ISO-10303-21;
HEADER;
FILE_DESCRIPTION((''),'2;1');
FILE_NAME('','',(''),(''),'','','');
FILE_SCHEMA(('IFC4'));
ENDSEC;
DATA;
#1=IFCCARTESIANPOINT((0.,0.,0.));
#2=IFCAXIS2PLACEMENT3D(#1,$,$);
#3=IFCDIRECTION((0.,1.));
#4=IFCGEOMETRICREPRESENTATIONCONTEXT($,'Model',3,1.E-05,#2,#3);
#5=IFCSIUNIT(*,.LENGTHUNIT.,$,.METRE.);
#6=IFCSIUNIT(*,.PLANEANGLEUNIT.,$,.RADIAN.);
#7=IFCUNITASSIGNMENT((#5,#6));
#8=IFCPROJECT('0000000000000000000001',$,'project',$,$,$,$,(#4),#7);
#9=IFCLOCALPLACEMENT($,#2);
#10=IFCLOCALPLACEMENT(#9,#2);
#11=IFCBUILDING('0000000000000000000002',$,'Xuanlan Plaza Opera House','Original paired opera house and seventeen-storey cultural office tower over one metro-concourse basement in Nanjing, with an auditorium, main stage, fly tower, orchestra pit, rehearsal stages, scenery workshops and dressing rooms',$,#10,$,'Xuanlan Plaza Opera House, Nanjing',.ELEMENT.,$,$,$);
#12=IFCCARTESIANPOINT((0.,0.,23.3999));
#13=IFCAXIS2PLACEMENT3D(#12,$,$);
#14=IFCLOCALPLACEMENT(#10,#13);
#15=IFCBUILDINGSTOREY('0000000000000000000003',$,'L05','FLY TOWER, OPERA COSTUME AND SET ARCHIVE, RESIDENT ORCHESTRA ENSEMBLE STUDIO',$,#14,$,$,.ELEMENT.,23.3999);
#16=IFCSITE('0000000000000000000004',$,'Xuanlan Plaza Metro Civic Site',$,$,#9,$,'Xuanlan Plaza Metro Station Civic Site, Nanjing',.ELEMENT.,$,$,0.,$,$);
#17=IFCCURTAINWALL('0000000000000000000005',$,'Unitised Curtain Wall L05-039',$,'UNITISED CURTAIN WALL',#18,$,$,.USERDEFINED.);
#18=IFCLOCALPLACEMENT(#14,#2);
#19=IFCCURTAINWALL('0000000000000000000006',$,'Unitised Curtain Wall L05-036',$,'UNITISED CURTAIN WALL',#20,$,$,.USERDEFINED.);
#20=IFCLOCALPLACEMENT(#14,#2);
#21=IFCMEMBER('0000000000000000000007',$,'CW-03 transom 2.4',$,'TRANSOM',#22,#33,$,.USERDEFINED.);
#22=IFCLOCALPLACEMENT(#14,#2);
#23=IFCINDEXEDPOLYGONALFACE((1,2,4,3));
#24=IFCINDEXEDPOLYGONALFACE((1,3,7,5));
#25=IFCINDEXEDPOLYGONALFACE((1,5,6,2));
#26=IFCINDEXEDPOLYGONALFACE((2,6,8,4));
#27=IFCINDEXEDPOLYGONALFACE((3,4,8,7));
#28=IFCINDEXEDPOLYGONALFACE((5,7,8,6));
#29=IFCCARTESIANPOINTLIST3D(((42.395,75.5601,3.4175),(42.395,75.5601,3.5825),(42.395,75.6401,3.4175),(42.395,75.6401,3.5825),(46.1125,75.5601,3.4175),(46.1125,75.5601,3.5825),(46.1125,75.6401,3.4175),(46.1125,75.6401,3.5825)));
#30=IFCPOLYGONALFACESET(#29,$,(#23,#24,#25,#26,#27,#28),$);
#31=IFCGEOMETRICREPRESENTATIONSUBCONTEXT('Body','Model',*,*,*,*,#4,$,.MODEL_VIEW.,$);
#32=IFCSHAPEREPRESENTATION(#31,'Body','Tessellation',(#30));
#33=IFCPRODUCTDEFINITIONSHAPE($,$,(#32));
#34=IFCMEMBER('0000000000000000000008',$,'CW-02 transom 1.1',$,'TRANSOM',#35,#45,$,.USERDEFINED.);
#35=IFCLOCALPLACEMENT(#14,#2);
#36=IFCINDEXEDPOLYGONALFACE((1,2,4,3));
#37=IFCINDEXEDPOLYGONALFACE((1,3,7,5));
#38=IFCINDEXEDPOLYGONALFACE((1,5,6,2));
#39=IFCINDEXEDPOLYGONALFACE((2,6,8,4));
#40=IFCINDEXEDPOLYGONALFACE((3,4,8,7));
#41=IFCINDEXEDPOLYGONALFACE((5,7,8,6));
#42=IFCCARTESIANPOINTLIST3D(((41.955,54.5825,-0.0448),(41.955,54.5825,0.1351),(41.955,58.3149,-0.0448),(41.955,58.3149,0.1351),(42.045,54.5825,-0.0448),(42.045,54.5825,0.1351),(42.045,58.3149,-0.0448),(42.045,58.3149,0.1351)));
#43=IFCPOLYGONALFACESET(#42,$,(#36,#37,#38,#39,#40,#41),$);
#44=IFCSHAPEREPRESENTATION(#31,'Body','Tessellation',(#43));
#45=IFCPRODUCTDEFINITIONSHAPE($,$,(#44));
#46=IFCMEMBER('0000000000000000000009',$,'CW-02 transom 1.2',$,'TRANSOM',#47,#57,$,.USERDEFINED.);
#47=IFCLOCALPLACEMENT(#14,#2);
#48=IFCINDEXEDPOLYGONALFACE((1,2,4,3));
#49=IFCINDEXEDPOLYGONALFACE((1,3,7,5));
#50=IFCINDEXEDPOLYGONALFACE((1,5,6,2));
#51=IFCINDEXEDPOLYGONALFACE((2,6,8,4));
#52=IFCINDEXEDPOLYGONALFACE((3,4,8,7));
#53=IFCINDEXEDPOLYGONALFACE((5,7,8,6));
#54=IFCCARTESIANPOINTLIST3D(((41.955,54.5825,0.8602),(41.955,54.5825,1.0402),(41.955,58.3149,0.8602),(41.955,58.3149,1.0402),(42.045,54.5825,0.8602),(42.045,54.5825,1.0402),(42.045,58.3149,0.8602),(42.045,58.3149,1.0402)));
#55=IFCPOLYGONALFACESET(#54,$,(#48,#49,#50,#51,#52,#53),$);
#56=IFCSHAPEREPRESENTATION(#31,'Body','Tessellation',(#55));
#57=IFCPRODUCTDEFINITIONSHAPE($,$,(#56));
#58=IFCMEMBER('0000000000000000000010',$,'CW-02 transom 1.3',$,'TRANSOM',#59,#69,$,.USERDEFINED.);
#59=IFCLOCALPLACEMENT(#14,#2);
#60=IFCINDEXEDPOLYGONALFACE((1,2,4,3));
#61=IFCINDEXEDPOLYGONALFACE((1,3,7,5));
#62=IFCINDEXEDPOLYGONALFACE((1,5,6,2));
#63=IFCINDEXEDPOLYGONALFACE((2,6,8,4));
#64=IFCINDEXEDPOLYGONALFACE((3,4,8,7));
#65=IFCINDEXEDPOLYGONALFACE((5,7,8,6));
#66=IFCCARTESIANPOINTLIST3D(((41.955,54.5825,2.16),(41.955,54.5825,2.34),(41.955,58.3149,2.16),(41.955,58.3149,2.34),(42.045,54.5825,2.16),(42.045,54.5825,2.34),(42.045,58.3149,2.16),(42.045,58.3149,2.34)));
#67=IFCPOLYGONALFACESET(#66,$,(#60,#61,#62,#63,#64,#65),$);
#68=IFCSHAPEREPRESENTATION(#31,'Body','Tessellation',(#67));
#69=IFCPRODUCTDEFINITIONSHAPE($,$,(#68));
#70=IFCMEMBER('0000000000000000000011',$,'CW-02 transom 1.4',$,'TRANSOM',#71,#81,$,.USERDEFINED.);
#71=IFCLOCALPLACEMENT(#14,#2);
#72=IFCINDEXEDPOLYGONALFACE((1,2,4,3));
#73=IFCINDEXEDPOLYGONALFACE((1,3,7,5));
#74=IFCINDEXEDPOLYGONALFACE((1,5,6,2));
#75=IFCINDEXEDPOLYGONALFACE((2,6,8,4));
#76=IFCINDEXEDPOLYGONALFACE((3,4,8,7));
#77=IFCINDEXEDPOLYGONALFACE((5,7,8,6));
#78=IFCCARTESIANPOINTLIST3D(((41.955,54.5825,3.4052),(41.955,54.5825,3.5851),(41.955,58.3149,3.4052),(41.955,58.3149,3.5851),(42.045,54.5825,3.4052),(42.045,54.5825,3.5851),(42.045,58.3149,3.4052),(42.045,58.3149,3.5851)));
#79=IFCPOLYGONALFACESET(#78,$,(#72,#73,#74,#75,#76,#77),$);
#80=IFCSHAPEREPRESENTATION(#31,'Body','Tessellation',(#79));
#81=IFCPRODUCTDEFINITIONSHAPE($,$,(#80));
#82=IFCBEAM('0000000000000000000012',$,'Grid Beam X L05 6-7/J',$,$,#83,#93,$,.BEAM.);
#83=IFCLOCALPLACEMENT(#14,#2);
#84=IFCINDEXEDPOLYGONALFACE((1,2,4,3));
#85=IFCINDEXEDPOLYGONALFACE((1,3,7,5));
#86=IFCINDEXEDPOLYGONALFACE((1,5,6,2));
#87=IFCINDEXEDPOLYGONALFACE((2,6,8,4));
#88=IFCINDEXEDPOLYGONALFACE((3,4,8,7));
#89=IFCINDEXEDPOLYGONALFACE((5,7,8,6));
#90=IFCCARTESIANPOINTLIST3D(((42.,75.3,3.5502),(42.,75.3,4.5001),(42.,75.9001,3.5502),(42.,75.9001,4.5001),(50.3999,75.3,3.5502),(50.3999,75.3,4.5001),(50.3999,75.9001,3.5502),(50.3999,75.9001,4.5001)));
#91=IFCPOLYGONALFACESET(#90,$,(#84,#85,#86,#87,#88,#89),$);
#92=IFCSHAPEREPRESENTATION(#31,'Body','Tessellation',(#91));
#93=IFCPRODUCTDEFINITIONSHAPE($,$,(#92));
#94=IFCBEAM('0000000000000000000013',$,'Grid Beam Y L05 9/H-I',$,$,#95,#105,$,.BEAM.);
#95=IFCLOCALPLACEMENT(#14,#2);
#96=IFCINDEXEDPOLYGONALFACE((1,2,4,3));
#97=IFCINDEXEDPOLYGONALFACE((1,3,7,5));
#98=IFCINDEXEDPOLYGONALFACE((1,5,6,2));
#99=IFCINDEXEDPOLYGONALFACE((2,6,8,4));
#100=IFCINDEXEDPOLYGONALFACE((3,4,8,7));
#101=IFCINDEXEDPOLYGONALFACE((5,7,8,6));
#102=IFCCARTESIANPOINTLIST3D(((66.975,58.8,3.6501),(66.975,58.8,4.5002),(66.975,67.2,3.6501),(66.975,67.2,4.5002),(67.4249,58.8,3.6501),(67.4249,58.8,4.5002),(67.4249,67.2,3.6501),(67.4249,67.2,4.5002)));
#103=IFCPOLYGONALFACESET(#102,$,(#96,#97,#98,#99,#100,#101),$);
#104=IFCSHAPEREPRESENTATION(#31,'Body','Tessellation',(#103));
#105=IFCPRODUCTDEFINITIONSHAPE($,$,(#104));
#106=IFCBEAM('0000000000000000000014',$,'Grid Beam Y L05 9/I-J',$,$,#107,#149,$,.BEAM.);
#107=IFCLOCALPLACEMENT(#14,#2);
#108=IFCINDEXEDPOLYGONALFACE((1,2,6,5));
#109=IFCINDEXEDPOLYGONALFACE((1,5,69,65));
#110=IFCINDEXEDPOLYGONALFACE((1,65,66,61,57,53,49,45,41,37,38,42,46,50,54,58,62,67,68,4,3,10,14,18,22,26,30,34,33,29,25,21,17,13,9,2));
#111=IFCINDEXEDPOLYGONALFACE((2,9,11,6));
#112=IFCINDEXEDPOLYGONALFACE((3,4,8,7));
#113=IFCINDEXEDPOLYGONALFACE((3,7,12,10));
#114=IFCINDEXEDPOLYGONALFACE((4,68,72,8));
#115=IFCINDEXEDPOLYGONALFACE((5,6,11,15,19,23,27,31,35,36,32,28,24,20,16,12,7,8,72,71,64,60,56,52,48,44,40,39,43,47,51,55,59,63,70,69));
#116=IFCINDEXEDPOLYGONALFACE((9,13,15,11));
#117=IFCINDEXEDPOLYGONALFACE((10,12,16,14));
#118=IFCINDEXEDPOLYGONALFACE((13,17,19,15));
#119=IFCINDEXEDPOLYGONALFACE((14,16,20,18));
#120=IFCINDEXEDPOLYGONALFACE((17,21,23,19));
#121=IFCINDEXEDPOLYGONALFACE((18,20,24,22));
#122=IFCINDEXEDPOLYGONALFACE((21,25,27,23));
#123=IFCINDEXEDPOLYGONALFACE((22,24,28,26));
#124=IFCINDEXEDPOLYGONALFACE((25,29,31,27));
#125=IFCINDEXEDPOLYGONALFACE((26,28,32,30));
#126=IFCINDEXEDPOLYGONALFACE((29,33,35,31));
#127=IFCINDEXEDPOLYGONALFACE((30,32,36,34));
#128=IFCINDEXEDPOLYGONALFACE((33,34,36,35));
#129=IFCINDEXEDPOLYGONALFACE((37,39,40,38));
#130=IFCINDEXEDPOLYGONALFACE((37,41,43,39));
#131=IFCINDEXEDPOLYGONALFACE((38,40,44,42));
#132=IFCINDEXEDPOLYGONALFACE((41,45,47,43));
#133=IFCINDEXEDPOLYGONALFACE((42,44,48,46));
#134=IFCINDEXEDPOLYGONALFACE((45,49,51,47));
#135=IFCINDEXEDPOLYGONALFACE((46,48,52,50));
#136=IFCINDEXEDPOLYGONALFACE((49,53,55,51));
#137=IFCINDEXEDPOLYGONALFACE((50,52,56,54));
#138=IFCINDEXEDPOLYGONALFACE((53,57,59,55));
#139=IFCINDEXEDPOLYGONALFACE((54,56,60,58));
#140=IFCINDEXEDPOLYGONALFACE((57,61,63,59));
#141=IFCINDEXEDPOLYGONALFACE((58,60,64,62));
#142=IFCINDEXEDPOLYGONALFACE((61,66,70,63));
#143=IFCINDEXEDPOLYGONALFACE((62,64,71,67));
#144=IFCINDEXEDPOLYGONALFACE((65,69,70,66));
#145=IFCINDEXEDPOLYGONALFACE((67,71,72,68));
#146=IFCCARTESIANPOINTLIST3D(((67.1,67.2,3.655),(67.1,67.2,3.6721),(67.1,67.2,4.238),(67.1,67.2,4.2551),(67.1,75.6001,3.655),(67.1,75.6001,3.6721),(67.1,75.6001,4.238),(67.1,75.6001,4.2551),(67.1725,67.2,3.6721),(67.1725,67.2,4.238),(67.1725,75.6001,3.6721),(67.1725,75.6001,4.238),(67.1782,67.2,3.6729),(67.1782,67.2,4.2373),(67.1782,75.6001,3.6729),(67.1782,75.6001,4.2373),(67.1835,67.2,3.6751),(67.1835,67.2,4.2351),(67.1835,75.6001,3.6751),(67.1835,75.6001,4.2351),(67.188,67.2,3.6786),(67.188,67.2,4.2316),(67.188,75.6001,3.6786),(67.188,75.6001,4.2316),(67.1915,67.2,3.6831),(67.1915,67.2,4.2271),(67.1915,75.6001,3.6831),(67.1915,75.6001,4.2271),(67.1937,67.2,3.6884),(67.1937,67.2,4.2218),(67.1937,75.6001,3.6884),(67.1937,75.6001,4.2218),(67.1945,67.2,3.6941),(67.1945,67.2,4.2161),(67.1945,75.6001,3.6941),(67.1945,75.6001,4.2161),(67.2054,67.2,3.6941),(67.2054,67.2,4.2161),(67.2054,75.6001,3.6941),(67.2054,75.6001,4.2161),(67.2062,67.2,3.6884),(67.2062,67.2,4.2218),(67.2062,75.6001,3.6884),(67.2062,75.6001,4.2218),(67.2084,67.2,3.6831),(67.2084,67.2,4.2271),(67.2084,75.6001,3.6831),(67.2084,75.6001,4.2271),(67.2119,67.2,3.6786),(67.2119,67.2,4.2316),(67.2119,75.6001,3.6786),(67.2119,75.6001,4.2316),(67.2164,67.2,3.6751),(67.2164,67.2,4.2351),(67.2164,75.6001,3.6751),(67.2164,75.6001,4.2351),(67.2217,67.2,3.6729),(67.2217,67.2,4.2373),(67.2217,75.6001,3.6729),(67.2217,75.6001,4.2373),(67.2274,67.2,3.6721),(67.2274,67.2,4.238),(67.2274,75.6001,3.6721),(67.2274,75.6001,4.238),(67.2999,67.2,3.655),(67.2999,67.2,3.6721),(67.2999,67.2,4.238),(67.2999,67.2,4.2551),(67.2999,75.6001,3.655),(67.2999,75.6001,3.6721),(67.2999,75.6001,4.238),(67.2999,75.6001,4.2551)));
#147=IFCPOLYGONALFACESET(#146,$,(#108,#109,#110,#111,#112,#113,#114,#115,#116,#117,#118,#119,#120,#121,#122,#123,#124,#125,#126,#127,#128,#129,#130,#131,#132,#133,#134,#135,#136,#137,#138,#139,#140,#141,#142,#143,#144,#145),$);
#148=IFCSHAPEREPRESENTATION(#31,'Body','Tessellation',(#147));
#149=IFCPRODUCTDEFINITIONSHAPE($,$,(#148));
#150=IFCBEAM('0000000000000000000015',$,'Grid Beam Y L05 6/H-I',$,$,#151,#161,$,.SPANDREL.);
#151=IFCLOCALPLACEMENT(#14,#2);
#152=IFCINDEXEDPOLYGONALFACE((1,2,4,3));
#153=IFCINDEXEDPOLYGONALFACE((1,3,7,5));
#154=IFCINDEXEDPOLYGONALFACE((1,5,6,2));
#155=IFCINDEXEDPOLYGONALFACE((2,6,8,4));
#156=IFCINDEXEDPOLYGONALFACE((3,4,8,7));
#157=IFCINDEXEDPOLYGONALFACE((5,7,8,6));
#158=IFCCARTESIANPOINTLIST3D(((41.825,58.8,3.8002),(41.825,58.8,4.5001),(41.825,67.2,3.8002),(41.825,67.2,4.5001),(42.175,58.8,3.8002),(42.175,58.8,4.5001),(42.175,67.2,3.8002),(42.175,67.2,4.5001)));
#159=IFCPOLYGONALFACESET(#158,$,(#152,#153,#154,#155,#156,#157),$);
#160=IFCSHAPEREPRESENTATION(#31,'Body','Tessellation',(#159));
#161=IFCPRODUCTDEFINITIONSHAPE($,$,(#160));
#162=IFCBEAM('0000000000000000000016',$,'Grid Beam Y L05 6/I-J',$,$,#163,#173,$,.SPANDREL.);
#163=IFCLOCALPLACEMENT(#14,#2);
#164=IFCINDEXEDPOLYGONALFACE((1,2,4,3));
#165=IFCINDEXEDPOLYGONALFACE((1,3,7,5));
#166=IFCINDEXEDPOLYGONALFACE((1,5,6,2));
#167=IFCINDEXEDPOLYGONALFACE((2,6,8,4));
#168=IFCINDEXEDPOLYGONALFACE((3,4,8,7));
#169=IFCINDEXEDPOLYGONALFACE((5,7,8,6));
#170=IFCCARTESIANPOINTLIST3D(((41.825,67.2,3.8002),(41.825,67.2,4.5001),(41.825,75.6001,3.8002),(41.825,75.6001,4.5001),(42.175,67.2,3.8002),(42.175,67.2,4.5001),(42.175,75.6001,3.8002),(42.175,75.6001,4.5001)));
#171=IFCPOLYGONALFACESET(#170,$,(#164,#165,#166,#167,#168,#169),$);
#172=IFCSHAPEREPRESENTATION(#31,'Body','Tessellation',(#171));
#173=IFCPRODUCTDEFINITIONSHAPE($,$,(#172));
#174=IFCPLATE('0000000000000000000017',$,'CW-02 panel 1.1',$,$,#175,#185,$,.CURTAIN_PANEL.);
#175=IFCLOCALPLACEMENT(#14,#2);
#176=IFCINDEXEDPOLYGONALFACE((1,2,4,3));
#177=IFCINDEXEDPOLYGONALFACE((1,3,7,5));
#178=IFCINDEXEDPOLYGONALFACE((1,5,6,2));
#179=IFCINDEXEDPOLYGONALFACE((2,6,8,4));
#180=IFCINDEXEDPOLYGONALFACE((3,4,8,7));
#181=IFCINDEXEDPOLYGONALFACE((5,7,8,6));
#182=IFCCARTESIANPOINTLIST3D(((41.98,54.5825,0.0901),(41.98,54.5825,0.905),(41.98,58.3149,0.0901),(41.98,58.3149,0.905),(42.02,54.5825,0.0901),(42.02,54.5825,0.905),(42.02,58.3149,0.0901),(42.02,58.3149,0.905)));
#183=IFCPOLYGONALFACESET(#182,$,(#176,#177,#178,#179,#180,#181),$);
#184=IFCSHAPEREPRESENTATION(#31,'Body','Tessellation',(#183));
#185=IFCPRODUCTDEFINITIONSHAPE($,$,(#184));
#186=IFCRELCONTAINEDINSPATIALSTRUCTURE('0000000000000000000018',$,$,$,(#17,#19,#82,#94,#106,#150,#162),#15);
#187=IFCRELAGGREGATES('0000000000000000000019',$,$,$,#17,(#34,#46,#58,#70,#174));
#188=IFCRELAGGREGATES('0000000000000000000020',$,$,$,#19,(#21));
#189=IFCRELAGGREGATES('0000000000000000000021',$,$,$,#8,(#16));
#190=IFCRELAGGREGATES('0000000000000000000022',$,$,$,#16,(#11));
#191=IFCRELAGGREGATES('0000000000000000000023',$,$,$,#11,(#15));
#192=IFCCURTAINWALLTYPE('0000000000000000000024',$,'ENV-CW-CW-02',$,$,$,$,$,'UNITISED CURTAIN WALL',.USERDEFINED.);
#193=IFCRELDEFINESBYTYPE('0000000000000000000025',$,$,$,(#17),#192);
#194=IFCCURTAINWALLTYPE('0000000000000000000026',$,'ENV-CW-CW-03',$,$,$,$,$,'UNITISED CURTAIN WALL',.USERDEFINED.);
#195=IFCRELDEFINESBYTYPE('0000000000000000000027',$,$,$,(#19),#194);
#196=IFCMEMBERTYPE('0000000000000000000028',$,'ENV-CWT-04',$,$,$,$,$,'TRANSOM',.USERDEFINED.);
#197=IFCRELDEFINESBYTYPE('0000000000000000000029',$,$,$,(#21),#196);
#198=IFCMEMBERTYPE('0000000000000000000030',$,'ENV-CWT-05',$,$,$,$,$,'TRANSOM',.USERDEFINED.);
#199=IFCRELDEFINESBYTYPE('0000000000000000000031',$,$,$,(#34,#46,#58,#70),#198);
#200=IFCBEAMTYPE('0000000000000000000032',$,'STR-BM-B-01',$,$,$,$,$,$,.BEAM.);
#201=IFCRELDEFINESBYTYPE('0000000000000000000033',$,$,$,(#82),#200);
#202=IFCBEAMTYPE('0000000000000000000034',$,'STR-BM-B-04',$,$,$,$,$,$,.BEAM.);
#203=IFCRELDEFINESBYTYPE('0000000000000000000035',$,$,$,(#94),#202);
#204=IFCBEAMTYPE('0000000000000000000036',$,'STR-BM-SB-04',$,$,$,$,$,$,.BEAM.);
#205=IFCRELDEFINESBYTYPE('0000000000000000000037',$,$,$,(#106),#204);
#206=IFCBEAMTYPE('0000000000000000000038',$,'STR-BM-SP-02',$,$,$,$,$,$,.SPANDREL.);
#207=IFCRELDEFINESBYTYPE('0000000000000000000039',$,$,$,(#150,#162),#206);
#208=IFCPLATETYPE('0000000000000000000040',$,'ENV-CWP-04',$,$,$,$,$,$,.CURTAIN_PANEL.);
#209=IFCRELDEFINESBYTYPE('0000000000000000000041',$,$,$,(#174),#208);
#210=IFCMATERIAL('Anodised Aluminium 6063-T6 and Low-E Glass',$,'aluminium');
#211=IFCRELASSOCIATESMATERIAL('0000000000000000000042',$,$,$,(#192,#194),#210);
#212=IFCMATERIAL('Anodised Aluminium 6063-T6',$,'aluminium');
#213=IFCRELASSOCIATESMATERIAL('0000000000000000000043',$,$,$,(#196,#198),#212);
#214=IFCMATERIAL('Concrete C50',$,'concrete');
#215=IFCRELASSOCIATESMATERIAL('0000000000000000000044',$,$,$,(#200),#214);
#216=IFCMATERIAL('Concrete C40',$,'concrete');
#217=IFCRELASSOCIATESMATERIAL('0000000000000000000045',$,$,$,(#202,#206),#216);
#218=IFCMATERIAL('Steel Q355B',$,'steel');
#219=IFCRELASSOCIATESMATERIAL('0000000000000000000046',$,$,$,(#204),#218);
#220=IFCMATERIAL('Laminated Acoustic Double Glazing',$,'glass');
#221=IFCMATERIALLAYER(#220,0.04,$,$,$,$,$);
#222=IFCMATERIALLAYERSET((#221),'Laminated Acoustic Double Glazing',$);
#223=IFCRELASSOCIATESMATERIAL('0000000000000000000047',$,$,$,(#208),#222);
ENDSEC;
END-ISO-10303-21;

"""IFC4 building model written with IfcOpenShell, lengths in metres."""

from ifc_helpers import new_model, si_unit, direction, frame, origin, origin_2d, place, context, subcontext, project, spatial, rectangle, i_section, extrude, material, layer, layer_set, material_profile, profile_set, type_object, element, aggregate, save


model = new_model("IFC4")

# Units and contexts
model_context = context("Model", 3, precision=1e-05, world=origin(), true_north=direction((0.0, 1.0)))
body_context = subcontext(model_context, "Body", "Model", "MODEL_VIEW")
ifc_project = project(units=[si_unit("LENGTHUNIT", "METRE"), si_unit("PLANEANGLEUNIT", "RADIAN")], contexts=[model_context])

# Site, building, storey
site_placement = place(None, origin())
site = spatial("IfcSite", under=ifc_project, at=site_placement, Name="Xuanlan Plaza Metro Civic Site", LongName="Xuanlan Plaza Metro Station Civic Site, Nanjing", CompositionType="ELEMENT", RefElevation=0.0)
building_placement = place(site_placement, origin())
building = spatial("IfcBuilding", under=site, at=building_placement, Name="Xuanlan Plaza Opera House", Description="Original paired opera house and seventeen-storey cultural office tower over one metro-concourse basement in Nanjing, with an auditorium, main stage, fly tower, orchestra pit, rehearsal stages, scenery workshops and dressing rooms", LongName="Xuanlan Plaza Opera House, Nanjing", CompositionType="ELEMENT")
storey_placement = place(building_placement, frame((0.0, 0.0, 23.3999)))
storey = spatial("IfcBuildingStorey", under=building, at=storey_placement, Name="L05", Description="FLY TOWER, OPERA COSTUME AND SET ARCHIVE, RESIDENT ORCHESTRA ENSEMBLE STUDIO", CompositionType="ELEMENT", Elevation=23.3999)

# Shared definitions
ifc_material_1 = material(Name="Concrete C40", Category="concrete")
ifc_material_2 = material(Name="Concrete C50", Category="concrete")

# Curtain walls, member
ifc_material_3 = material(Name="Anodised Aluminium 6063-T6 and Low-E Glass", Category="aluminium")
curtain_wall_type_1 = type_object("IfcCurtainWallType", Name="ENV-CW-CW-02", ElementType="UNITISED CURTAIN WALL", PredefinedType="USERDEFINED", material=ifc_material_3)
curtain_wall_1_placement = place(storey_placement, origin())
curtain_wall_1 = element("IfcCurtainWall", 1, at=curtain_wall_1_placement, inside=storey, type_object=curtain_wall_type_1, Name="Unitised Curtain Wall L05-039", ObjectType="UNITISED CURTAIN WALL", PredefinedType="USERDEFINED")
ifc_material_4 = material(Name="Anodised Aluminium 6063-T6", Category="aluminium")
curtain_wall_type_2 = type_object("IfcCurtainWallType", Name="ENV-CW-CW-03", ElementType="UNITISED CURTAIN WALL", PredefinedType="USERDEFINED", material=ifc_material_3)
curtain_wall_2_placement = place(storey_placement, origin())
curtain_wall_2 = element("IfcCurtainWall", 2, at=curtain_wall_2_placement, inside=storey, type_object=curtain_wall_type_2, Name="Unitised Curtain Wall L05-036", ObjectType="UNITISED CURTAIN WALL", PredefinedType="USERDEFINED")
ifc_material_profile_1 = material_profile(ifc_material_4, rectangle(XDim=0.0801, YDim=0.165, at=origin_2d()), Name="ALU-T 80x165")
ifc_profile_set_1 = profile_set([ifc_material_profile_1], Name="Anodised Aluminium 6063-T6")
member_type_1 = type_object("IfcMemberType", Name="ENV-CWT-04", ElementType="TRANSOM", PredefinedType="USERDEFINED", material=ifc_profile_set_1)
member_1_placement = place(storey_placement, frame((46.1125, 75.6001, 3.5), z_axis=(-1.0, 0.0, 0.0), x_axis=(0.0, -1.0, 0.0)))
member_1 = element("IfcMember", 3, at=member_1_placement, type_object=member_type_1, Name="CW-03 transom 2.4", ObjectType="TRANSOM", PredefinedType="USERDEFINED", context=body_context, shape_type="SweptSolid", body=[
    extrude(rectangle(XDim=0.0801, YDim=0.165, at=origin_2d()), origin(), (0.0, 0.0, 1.0), 3.7175),
])

# Members
ifc_material_profile_2 = material_profile(ifc_material_4, rectangle(XDim=0.0901, YDim=0.1799, at=origin_2d()), Name="ALU-T 90x180")
ifc_profile_set_2 = profile_set([ifc_material_profile_2], Name="Anodised Aluminium 6063-T6")
member_type_2 = type_object("IfcMemberType", Name="ENV-CWT-05", ElementType="TRANSOM", PredefinedType="USERDEFINED", material=ifc_profile_set_2)
member_2_placement = place(storey_placement, frame((42.0, 58.3149, 0.0452), z_axis=(0.0, -1.0, 0.0), x_axis=(1.0, 0.0, 0.0)))
member_2 = element("IfcMember", 4, at=member_2_placement, type_object=member_type_2, Name="CW-02 transom 1.1", ObjectType="TRANSOM", PredefinedType="USERDEFINED", context=body_context, shape_type="SweptSolid", body=[
    extrude(rectangle(XDim=0.0901, YDim=0.1799, at=origin_2d()), origin(), (0.0, 0.0, 1.0), 3.7324),
])
member_3_placement = place(storey_placement, frame((42.0, 58.3149, 0.9502), z_axis=(0.0, -1.0, 0.0), x_axis=(1.0, 0.0, 0.0)))
member_3 = element("IfcMember", 5, at=member_3_placement, type_object=member_type_2, Name="CW-02 transom 1.2", ObjectType="TRANSOM", PredefinedType="USERDEFINED", context=body_context, shape_type="SweptSolid", body=[
    extrude(rectangle(XDim=0.0901, YDim=0.1799, at=origin_2d()), origin(), (0.0, 0.0, 1.0), 3.7324),
])
member_4_placement = place(storey_placement, frame((42.0, 58.3149, 2.25), z_axis=(0.0, -1.0, 0.0), x_axis=(1.0, 0.0, 0.0)))
member_4 = element("IfcMember", 6, at=member_4_placement, type_object=member_type_2, Name="CW-02 transom 1.3", ObjectType="TRANSOM", PredefinedType="USERDEFINED", context=body_context, shape_type="SweptSolid", body=[
    extrude(rectangle(XDim=0.0901, YDim=0.1799, at=origin_2d()), origin(), (0.0, 0.0, 1.0), 3.7324),
])
member_5_placement = place(storey_placement, frame((42.0, 58.3149, 3.4951), z_axis=(0.0, -1.0, 0.0), x_axis=(1.0, 0.0, 0.0)))
member_5 = element("IfcMember", 7, at=member_5_placement, type_object=member_type_2, Name="CW-02 transom 1.4", ObjectType="TRANSOM", PredefinedType="USERDEFINED", context=body_context, shape_type="SweptSolid", body=[
    extrude(rectangle(XDim=0.0901, YDim=0.1799, at=origin_2d()), origin(), (0.0, 0.0, 1.0), 3.7324),
])

# Beams
ifc_material_profile_3 = material_profile(ifc_material_2, rectangle(XDim=0.6001, YDim=0.95, at=origin_2d()), Name="RC-BM 600x950")
ifc_profile_set_3 = profile_set([ifc_material_profile_3], Name="Concrete C50")
beam_type_1 = type_object("IfcBeamType", Name="STR-BM-B-01", PredefinedType="BEAM", material=ifc_profile_set_3)
beam_1_placement = place(storey_placement, frame((42.0, 75.6001, 4.0251), z_axis=(1.0, 0.0, 0.0), x_axis=(0.0, 1.0, 0.0)))
element("IfcBeam", 8, at=beam_1_placement, inside=storey, type_object=beam_type_1, Name="Grid Beam X L05 6-7/J", PredefinedType="BEAM", context=body_context, shape_type="SweptSolid", body=[
    extrude(rectangle(XDim=0.6001, YDim=0.95, at=origin_2d()), origin(), (0.0, 0.0, 1.0), 8.3999),
])
ifc_material_profile_4 = material_profile(ifc_material_1, rectangle(XDim=0.45, YDim=0.8501, at=origin_2d()), Name="RC-BM 450x850")
ifc_profile_set_4 = profile_set([ifc_material_profile_4], Name="Concrete C40")
beam_type_2 = type_object("IfcBeamType", Name="STR-BM-B-04", PredefinedType="BEAM", material=ifc_profile_set_4)
beam_2_placement = place(storey_placement, frame((67.2, 58.8, 4.0752), z_axis=(0.0, 1.0, 0.0), x_axis=(-1.0, 0.0, 0.0)))
element("IfcBeam", 9, at=beam_2_placement, inside=storey, type_object=beam_type_2, Name="Grid Beam Y L05 9/H-I", PredefinedType="BEAM", context=body_context, shape_type="SweptSolid", body=[
    extrude(rectangle(XDim=0.45, YDim=0.8501, at=origin_2d()), origin(), (0.0, 0.0, 1.0), 8.3999),
])
ifc_material_5 = material(Name="Steel Q355B", Category="steel")
ifc_material_profile_5 = material_profile(ifc_material_5, i_section(OverallWidth=0.2, OverallDepth=0.6001, WebThickness=0.011, FlangeThickness=0.0171, FilletRadius=0.022, at=origin_2d()), Name="HN 600x200x11x17")
ifc_profile_set_5 = profile_set([ifc_material_profile_5], Name="Steel Q355B")
beam_type_3 = type_object("IfcBeamType", Name="STR-BM-SB-04", PredefinedType="BEAM", material=ifc_profile_set_5)
beam_3_placement = place(storey_placement, frame((67.2, 67.2, 3.9551), z_axis=(0.0, 1.0, 0.0), x_axis=(-1.0, 0.0, 0.0)))
element("IfcBeam", 10, at=beam_3_placement, inside=storey, type_object=beam_type_3, Name="Grid Beam Y L05 9/I-J", PredefinedType="BEAM", context=body_context, shape_type="SweptSolid", body=[
    extrude(i_section(OverallWidth=0.2, OverallDepth=0.6001, WebThickness=0.011, FlangeThickness=0.0171, FilletRadius=0.022, at=origin_2d()), origin(), (0.0, 0.0, 1.0), 8.4001),
])
ifc_material_profile_6 = material_profile(ifc_material_1, rectangle(XDim=0.3501, YDim=0.7, at=origin_2d()), Name="RC-SPD 350x700")
ifc_profile_set_6 = profile_set([ifc_material_profile_6], Name="Concrete C40")
beam_type_4 = type_object("IfcBeamType", Name="STR-BM-SP-02", PredefinedType="SPANDREL", material=ifc_profile_set_6)
beam_4_placement = place(storey_placement, frame((42.0, 58.8, 4.1501), z_axis=(0.0, 1.0, 0.0), x_axis=(-1.0, 0.0, 0.0)))
element("IfcBeam", 11, at=beam_4_placement, inside=storey, type_object=beam_type_4, Name="Grid Beam Y L05 6/H-I", PredefinedType="SPANDREL", context=body_context, shape_type="SweptSolid", body=[
    extrude(rectangle(XDim=0.3501, YDim=0.7, at=origin_2d()), origin(), (0.0, 0.0, 1.0), 8.3999),
])
beam_5_placement = place(storey_placement, frame((42.0, 67.2, 4.1501), z_axis=(0.0, 1.0, 0.0), x_axis=(-1.0, 0.0, 0.0)))
element("IfcBeam", 12, at=beam_5_placement, inside=storey, type_object=beam_type_4, Name="Grid Beam Y L05 6/I-J", PredefinedType="SPANDREL", context=body_context, shape_type="SweptSolid", body=[
    extrude(rectangle(XDim=0.3501, YDim=0.7, at=origin_2d()), origin(), (0.0, 0.0, 1.0), 8.4001),
])

# Plate
ifc_material_6 = material(Name="Laminated Acoustic Double Glazing", Category="glass")
ifc_layer_1 = layer(ifc_material_6, 0.04)
ifc_layer_set_1 = layer_set([ifc_layer_1], Name="Laminated Acoustic Double Glazing")
plate_type_1 = type_object("IfcPlateType", Name="ENV-CWP-04", PredefinedType="CURTAIN_PANEL", material=ifc_layer_set_1)
plate_1_placement = place(storey_placement, frame((42.0, 56.4487, 0.0901), z_axis=(0.0, 0.0, 1.0), x_axis=(0.0, -1.0, 0.0)))
plate_1 = element("IfcPlate", 13, at=plate_1_placement, type_object=plate_type_1, Name="CW-02 panel 1.1", PredefinedType="CURTAIN_PANEL", context=body_context, shape_type="SweptSolid", body=[
    extrude(rectangle(XDim=3.7324, YDim=0.04, at=origin_2d()), origin(), (0.0, 0.0, 1.0), 0.8149),
])
aggregate(curtain_wall_1, [member_2, member_3, member_4, member_5, plate_1])
aggregate(curtain_wall_2, [member_1])

save(model, "model.ifc")
